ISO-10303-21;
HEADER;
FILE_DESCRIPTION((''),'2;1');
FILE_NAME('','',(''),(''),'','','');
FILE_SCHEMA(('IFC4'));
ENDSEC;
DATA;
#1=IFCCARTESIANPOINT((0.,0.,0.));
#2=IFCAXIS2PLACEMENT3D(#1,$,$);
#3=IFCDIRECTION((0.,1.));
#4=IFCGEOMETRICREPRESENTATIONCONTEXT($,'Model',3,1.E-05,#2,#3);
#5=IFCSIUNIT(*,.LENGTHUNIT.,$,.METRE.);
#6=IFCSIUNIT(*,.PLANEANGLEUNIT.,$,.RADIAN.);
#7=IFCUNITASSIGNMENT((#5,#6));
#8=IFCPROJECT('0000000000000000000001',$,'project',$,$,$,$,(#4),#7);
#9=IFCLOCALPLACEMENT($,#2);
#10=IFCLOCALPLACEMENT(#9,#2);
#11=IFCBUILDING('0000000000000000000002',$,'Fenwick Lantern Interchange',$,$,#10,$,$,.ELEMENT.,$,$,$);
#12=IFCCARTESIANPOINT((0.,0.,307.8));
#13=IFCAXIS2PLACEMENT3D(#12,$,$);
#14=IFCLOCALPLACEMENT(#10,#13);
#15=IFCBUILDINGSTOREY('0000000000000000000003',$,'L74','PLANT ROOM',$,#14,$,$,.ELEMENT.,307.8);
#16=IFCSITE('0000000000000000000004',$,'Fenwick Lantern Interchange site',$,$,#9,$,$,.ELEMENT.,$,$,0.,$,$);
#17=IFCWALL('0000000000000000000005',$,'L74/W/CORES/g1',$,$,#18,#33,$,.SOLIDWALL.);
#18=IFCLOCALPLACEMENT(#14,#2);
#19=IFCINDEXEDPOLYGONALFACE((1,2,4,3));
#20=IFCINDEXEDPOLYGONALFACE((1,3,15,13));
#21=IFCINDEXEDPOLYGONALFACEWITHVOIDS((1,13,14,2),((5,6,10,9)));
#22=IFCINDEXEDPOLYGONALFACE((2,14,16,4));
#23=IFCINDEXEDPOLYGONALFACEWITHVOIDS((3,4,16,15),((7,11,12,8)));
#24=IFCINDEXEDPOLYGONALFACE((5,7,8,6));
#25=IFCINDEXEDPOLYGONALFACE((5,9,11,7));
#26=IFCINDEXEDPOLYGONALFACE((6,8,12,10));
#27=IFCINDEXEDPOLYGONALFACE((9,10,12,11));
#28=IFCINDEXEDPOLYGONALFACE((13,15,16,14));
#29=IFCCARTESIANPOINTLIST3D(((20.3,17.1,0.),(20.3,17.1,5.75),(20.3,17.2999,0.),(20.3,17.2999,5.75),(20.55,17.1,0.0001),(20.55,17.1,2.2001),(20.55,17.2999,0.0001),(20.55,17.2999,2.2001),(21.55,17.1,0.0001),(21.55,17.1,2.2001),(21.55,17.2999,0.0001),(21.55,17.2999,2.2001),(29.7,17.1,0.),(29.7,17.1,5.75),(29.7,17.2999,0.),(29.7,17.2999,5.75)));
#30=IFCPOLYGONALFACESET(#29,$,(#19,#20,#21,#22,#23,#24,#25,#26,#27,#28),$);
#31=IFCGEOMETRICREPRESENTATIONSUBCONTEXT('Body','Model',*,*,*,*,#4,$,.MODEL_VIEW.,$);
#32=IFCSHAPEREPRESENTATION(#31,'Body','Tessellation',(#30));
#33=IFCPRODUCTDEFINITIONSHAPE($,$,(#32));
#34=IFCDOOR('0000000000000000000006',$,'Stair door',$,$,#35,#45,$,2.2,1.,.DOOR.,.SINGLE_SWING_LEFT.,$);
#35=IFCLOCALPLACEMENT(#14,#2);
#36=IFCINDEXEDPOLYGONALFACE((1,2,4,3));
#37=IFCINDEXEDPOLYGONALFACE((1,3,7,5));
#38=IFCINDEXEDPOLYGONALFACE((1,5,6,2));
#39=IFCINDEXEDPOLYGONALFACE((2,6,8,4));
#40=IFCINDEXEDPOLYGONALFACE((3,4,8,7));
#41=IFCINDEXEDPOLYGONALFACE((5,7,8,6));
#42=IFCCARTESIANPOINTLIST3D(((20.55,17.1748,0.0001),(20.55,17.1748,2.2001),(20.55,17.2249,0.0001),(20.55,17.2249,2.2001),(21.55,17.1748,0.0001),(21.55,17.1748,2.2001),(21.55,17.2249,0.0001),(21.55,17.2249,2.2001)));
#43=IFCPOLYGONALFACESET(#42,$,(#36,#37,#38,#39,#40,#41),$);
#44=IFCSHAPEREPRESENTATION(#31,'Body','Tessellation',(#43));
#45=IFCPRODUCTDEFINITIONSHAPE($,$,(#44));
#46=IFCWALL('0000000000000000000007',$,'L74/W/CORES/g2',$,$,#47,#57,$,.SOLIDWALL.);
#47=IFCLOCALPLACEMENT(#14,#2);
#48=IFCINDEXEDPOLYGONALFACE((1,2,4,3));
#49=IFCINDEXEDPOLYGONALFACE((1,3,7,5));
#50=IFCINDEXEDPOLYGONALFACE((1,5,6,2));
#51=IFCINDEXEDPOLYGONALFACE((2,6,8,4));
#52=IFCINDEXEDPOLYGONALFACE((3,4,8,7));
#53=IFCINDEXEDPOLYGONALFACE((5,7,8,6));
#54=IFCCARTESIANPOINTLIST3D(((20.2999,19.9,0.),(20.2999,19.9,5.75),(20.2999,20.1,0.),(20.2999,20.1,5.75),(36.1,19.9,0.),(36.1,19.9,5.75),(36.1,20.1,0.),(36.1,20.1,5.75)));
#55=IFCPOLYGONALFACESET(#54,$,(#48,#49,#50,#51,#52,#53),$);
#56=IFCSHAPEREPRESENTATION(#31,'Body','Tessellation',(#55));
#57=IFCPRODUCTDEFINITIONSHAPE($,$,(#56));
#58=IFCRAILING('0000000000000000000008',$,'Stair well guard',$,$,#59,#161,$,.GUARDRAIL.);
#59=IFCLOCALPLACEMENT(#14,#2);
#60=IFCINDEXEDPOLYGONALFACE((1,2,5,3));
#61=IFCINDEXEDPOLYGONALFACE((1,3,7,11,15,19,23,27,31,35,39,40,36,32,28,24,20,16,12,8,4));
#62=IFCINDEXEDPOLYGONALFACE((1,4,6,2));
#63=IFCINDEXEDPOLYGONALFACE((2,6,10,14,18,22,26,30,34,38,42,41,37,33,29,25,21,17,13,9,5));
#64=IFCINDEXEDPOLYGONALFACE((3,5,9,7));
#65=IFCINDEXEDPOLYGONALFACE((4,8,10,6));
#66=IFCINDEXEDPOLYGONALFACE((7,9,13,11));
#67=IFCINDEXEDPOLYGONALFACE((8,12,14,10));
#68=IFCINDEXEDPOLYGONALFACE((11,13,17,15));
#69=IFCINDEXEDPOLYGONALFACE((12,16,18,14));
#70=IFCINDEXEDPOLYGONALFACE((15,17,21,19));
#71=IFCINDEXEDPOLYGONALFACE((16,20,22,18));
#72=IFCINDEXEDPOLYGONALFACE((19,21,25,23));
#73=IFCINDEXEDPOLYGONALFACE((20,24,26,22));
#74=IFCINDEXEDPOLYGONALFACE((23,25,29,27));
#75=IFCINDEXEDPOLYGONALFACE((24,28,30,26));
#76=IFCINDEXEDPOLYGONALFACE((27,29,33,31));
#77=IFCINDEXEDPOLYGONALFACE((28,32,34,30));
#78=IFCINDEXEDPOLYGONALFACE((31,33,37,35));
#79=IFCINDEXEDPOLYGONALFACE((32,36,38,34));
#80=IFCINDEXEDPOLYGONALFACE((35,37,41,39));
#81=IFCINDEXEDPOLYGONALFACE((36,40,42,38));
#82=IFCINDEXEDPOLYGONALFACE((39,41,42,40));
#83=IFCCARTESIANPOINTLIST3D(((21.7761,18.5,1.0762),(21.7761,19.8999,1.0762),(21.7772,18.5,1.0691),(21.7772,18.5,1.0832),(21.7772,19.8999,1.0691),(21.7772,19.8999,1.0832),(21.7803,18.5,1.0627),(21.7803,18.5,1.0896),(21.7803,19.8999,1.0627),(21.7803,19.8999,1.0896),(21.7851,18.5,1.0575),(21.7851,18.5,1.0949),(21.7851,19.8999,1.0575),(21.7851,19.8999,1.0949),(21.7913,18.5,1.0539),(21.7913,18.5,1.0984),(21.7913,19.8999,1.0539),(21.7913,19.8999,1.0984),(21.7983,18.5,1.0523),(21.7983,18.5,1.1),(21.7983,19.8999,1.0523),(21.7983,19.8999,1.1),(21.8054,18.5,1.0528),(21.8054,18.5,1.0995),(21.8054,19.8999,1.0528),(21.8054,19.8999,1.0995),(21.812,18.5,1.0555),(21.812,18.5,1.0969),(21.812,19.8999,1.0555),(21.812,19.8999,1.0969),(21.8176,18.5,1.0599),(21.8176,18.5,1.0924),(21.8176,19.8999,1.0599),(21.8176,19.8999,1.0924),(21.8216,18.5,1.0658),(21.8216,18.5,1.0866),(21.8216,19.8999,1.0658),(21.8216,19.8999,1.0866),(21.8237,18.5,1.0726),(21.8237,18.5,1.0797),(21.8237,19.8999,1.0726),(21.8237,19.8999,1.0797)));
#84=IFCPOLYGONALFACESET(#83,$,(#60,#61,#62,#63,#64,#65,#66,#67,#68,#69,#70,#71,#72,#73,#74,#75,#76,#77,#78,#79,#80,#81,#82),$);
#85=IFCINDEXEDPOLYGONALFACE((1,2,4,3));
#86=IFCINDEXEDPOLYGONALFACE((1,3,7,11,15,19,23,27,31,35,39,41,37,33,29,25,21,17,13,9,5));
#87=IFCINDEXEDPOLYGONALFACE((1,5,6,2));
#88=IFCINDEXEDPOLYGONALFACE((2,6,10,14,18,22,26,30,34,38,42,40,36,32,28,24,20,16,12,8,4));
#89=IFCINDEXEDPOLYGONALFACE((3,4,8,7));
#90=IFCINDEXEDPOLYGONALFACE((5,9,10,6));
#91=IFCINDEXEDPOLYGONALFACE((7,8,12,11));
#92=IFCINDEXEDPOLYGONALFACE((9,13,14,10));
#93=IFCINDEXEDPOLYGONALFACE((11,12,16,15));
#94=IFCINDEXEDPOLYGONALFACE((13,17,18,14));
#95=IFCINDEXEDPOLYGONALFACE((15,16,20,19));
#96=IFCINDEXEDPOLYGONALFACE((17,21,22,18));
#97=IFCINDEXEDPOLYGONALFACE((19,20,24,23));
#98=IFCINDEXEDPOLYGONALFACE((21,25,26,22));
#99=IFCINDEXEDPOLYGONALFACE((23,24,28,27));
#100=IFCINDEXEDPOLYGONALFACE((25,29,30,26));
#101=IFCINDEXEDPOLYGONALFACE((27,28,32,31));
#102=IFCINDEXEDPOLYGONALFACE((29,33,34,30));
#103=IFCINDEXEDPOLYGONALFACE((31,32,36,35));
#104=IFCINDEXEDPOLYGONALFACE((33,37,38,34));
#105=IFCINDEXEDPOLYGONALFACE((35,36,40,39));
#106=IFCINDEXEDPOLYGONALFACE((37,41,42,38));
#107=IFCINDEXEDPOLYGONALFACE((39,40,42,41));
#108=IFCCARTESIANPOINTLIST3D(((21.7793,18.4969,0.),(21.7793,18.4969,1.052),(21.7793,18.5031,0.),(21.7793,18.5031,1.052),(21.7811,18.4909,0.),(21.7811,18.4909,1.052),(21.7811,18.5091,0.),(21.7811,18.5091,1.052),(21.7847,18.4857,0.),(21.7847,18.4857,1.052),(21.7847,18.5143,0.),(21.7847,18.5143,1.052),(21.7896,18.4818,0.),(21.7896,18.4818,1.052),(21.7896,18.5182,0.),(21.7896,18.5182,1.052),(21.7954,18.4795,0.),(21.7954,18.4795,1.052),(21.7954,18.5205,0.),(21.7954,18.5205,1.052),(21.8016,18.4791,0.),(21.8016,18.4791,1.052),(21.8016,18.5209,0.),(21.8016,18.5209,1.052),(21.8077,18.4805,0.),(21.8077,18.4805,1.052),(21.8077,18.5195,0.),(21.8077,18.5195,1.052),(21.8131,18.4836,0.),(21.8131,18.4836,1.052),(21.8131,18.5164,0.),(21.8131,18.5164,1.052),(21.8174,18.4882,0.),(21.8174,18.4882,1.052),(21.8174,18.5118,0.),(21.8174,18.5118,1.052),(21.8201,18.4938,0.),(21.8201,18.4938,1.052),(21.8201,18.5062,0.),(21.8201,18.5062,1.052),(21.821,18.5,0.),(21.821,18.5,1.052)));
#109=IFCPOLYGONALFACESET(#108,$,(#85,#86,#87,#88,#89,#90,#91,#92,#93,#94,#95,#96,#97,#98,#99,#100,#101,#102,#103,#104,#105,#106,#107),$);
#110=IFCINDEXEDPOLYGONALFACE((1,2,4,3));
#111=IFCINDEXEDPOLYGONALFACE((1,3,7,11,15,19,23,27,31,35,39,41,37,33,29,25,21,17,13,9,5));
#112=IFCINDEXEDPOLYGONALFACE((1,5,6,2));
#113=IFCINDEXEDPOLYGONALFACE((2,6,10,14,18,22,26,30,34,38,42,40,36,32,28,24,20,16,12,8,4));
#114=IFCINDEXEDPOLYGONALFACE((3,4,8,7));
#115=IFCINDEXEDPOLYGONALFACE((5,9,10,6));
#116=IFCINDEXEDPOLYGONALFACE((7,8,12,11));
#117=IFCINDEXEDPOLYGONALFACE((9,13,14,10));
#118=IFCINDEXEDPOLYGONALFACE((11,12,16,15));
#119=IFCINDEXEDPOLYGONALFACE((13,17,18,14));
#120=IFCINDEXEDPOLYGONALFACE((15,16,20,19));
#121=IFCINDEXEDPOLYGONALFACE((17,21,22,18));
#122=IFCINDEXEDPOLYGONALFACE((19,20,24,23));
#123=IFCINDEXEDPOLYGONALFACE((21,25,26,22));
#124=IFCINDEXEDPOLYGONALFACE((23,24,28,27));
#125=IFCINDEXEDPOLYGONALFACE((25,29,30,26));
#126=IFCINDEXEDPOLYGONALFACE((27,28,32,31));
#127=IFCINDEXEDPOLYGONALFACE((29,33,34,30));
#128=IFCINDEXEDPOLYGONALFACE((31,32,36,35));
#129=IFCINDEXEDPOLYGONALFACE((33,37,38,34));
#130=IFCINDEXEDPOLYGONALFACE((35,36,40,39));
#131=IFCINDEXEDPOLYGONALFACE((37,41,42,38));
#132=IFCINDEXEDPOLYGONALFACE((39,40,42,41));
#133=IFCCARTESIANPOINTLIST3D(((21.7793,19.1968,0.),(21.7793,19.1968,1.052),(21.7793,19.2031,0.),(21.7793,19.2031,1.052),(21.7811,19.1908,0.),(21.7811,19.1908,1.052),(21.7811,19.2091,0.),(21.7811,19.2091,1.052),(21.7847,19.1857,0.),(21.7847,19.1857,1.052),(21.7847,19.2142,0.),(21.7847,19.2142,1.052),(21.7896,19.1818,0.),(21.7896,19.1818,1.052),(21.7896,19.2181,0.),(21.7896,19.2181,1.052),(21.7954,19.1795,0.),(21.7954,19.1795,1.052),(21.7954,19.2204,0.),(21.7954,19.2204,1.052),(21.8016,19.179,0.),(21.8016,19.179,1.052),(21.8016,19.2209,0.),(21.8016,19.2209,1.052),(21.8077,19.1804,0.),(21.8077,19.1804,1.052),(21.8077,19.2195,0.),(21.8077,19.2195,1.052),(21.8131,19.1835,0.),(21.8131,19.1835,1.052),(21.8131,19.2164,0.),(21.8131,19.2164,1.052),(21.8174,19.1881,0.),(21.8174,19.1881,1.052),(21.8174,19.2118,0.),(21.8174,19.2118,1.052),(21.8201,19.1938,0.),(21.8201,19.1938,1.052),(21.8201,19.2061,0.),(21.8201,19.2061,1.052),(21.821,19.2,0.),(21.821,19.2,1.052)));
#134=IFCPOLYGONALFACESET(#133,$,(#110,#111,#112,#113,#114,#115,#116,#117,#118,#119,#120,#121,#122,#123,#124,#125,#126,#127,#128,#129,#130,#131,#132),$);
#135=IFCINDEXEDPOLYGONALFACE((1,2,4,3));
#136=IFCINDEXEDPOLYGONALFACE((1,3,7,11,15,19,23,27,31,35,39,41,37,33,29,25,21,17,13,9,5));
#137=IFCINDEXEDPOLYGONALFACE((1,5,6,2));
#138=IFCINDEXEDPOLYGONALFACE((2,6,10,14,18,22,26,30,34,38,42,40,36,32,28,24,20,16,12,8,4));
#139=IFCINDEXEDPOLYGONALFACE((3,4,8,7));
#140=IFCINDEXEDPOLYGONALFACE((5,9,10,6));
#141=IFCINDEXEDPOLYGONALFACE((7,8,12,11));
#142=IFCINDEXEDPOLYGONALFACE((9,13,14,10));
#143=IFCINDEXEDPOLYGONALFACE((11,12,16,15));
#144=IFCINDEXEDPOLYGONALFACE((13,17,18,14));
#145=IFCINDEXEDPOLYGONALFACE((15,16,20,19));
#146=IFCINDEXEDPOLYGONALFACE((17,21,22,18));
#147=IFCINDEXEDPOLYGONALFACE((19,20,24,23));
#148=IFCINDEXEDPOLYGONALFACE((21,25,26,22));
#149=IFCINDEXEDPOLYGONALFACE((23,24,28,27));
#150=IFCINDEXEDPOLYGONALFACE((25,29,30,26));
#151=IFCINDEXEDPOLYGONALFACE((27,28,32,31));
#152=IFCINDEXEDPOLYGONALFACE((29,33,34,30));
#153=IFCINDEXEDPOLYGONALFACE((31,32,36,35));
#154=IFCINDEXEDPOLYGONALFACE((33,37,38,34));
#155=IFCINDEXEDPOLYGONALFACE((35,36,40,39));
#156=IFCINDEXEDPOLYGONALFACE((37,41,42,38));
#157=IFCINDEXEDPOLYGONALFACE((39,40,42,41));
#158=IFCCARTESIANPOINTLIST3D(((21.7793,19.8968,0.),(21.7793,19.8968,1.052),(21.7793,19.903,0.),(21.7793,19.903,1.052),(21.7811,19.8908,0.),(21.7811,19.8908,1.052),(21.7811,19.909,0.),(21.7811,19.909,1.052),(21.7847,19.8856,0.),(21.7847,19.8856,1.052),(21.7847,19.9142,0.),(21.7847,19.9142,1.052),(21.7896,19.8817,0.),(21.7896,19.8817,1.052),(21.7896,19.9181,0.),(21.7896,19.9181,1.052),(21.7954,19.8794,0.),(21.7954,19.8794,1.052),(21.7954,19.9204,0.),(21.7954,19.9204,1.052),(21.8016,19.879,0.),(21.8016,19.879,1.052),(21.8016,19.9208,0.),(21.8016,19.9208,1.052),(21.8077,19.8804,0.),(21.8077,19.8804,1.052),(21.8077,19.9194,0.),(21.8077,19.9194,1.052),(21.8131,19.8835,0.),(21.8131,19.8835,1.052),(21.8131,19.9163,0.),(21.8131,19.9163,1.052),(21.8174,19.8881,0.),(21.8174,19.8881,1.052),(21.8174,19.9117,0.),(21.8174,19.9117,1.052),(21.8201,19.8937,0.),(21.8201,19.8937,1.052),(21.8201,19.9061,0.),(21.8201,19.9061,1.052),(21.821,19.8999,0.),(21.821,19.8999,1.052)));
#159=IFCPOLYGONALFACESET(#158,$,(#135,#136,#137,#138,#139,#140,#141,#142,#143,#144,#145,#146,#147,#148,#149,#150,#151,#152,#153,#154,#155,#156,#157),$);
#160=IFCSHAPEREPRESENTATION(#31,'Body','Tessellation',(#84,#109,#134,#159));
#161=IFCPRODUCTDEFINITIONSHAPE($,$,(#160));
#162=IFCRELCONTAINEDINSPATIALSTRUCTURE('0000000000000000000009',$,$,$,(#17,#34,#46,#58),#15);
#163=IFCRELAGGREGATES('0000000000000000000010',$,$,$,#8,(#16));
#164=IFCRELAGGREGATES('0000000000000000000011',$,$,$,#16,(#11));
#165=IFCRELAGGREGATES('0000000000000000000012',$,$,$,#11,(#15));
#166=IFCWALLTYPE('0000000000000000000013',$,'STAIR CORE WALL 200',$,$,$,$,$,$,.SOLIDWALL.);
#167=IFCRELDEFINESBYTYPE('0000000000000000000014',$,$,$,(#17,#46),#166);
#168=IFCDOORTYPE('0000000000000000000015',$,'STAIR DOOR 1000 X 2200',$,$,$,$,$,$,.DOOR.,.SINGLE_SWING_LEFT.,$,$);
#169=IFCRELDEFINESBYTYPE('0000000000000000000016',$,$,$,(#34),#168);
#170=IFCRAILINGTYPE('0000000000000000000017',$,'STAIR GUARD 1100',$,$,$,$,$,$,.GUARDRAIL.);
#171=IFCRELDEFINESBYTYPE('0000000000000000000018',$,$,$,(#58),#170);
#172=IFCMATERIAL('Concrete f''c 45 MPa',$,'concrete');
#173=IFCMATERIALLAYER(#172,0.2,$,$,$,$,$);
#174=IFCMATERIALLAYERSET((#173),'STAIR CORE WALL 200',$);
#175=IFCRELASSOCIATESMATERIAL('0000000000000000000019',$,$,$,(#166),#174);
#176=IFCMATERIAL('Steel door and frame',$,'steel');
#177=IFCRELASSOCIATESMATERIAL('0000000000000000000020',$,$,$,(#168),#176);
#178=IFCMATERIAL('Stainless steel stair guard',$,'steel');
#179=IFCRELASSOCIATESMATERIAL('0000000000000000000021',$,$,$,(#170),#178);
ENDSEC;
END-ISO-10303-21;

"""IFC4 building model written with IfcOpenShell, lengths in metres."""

from ifc_helpers import new_model, si_unit, direction, frame, frame_2d, origin, origin_2d, place, context, subcontext, project, spatial, rectangle, circle, extrude, material, layer, layer_set, type_object, element, fill, save


model = new_model("IFC4")

# Units and contexts
model_context = context("Model", 3, precision=1e-05, world=origin(), true_north=direction((0.0, 1.0)))
body_context = subcontext(model_context, "Body", "Model", "MODEL_VIEW")
ifc_project = project(units=[si_unit("LENGTHUNIT", "METRE"), si_unit("PLANEANGLEUNIT", "RADIAN")], contexts=[model_context])

# Site, building, storey
site_placement = place(None, origin())
site = spatial("IfcSite", under=ifc_project, at=site_placement, Name="Fenwick Lantern Interchange site", CompositionType="ELEMENT", RefElevation=0.0)
building_placement = place(site_placement, origin())
building = spatial("IfcBuilding", under=site, at=building_placement, Name="Fenwick Lantern Interchange", CompositionType="ELEMENT")
storey_placement = place(building_placement, frame((0.0, 0.0, 307.8)))
storey = spatial("IfcBuildingStorey", under=building, at=storey_placement, Name="L74", Description="PLANT ROOM", CompositionType="ELEMENT", Elevation=307.8)

# Shared definitions
ifc_material_1 = material(Name="Steel door and frame", Category="steel")

# Shared definitions
ifc_material_2 = material(Name="Concrete f'c 45 MPa", Category="concrete")
ifc_layer_1 = layer(ifc_material_2, 0.2)
ifc_layer_set_1 = layer_set([ifc_layer_1], Name="STAIR CORE WALL 200")
wall_type_1 = type_object("IfcWallType", Name="STAIR CORE WALL 200", PredefinedType="SOLIDWALL", material=ifc_layer_set_1)

# Wall, opening, door
wall_1_placement = place(storey_placement, frame((20.3, 17.2, 0.0), z_axis=(0.0, 0.0, 1.0), x_axis=(1.0, 0.0, 0.0)))
wall_1 = element("IfcWall", 1, at=wall_1_placement, inside=storey, type_object=wall_type_1, Name="L74/W/CORES/g1", PredefinedType="SOLIDWALL", context=body_context, shape_type="SweptSolid", body=[
    extrude(rectangle(XDim=9.3999, YDim=0.2, at=frame_2d((4.7, 0.0))), origin(), (0.0, 0.0, 1.0), 5.75),
])
opening_1_placement = place(wall_1_placement, frame((0.25, 0.0, 0.0)))
opening_1 = element("IfcOpeningElement", 2, at=opening_1_placement, cuts=wall_1, PredefinedType="OPENING", context=body_context, shape_type="SweptSolid", body=[
    extrude(rectangle(XDim=1.0, YDim=2.2, at=frame_2d((0.5, 1.1001))), frame((0.0, 0.1099, 0.0), z_axis=(0.0, -1.0, 0.0), x_axis=(1.0, 0.0, 0.0)), (0.0, 0.0, 1.0), 0.22),
])
door_type_1 = type_object("IfcDoorType", Name="STAIR DOOR 1000 X 2200", OperationType="SINGLE_SWING_LEFT", PredefinedType="DOOR", material=ifc_material_1)
door_1_placement = place(opening_1_placement, origin())
door_1 = element("IfcDoor", 3, at=door_1_placement, inside=storey, type_object=door_type_1, Name="Stair door", OperationType="SINGLE_SWING_LEFT", OverallHeight=2.2, OverallWidth=1.0, PredefinedType="DOOR", context=body_context, shape_type="SweptSolid", body=[
    extrude(rectangle(XDim=1.0, YDim=2.2, at=frame_2d((0.5, 1.1001))), frame((0.0, 0.0249, 0.0), z_axis=(0.0, -1.0, 0.0), x_axis=(1.0, 0.0, 0.0)), (0.0, 0.0, 1.0), 0.05),
])
fill(opening_1, door_1)

# Wall
wall_2_placement = place(storey_placement, frame((20.3, 20.0, 0.0), z_axis=(0.0, 0.0, 1.0), x_axis=(1.0, 0.0, 0.0)))
element("IfcWall", 4, at=wall_2_placement, inside=storey, type_object=wall_type_1, Name="L74/W/CORES/g2", PredefinedType="SOLIDWALL", context=body_context, shape_type="SweptSolid", body=[
    extrude(rectangle(XDim=15.8, YDim=0.2, at=frame_2d((7.8999, 0.0))), origin(), (0.0, 0.0, 1.0), 5.75),
])

# Railing
ifc_material_3 = material(Name="Stainless steel stair guard", Category="steel")
railing_type = type_object("IfcRailingType", Name="STAIR GUARD 1100", PredefinedType="GUARDRAIL", material=ifc_material_3)
railing_placement = place(storey_placement, frame((21.8, 18.5, 0.0)))
element("IfcRailing", 5, at=railing_placement, inside=storey, type_object=railing_type, Name="Stair well guard", PredefinedType="GUARDRAIL", context=body_context, shape_type="SweptSolid", body=[
    extrude(circle(Radius=0.0239, at=origin_2d()), frame((0.0, 0.0, 1.0762), z_axis=(0.0, 1.0, 0.0), x_axis=(-1.0, 0.0, 0.0)), (0.0, 0.0, 1.0), 1.3999),
    extrude(circle(Radius=0.021, at=origin_2d()), origin(), (0.0, 0.0, 1.0), 1.052),
    extrude(circle(Radius=0.021, at=origin_2d()), frame((0.0, 0.7, 0.0)), (0.0, 0.0, 1.0), 1.052),
    extrude(circle(Radius=0.021, at=origin_2d()), frame((0.0, 1.3999, 0.0)), (0.0, 0.0, 1.0), 1.052),
])

save(model, "model.ifc")
